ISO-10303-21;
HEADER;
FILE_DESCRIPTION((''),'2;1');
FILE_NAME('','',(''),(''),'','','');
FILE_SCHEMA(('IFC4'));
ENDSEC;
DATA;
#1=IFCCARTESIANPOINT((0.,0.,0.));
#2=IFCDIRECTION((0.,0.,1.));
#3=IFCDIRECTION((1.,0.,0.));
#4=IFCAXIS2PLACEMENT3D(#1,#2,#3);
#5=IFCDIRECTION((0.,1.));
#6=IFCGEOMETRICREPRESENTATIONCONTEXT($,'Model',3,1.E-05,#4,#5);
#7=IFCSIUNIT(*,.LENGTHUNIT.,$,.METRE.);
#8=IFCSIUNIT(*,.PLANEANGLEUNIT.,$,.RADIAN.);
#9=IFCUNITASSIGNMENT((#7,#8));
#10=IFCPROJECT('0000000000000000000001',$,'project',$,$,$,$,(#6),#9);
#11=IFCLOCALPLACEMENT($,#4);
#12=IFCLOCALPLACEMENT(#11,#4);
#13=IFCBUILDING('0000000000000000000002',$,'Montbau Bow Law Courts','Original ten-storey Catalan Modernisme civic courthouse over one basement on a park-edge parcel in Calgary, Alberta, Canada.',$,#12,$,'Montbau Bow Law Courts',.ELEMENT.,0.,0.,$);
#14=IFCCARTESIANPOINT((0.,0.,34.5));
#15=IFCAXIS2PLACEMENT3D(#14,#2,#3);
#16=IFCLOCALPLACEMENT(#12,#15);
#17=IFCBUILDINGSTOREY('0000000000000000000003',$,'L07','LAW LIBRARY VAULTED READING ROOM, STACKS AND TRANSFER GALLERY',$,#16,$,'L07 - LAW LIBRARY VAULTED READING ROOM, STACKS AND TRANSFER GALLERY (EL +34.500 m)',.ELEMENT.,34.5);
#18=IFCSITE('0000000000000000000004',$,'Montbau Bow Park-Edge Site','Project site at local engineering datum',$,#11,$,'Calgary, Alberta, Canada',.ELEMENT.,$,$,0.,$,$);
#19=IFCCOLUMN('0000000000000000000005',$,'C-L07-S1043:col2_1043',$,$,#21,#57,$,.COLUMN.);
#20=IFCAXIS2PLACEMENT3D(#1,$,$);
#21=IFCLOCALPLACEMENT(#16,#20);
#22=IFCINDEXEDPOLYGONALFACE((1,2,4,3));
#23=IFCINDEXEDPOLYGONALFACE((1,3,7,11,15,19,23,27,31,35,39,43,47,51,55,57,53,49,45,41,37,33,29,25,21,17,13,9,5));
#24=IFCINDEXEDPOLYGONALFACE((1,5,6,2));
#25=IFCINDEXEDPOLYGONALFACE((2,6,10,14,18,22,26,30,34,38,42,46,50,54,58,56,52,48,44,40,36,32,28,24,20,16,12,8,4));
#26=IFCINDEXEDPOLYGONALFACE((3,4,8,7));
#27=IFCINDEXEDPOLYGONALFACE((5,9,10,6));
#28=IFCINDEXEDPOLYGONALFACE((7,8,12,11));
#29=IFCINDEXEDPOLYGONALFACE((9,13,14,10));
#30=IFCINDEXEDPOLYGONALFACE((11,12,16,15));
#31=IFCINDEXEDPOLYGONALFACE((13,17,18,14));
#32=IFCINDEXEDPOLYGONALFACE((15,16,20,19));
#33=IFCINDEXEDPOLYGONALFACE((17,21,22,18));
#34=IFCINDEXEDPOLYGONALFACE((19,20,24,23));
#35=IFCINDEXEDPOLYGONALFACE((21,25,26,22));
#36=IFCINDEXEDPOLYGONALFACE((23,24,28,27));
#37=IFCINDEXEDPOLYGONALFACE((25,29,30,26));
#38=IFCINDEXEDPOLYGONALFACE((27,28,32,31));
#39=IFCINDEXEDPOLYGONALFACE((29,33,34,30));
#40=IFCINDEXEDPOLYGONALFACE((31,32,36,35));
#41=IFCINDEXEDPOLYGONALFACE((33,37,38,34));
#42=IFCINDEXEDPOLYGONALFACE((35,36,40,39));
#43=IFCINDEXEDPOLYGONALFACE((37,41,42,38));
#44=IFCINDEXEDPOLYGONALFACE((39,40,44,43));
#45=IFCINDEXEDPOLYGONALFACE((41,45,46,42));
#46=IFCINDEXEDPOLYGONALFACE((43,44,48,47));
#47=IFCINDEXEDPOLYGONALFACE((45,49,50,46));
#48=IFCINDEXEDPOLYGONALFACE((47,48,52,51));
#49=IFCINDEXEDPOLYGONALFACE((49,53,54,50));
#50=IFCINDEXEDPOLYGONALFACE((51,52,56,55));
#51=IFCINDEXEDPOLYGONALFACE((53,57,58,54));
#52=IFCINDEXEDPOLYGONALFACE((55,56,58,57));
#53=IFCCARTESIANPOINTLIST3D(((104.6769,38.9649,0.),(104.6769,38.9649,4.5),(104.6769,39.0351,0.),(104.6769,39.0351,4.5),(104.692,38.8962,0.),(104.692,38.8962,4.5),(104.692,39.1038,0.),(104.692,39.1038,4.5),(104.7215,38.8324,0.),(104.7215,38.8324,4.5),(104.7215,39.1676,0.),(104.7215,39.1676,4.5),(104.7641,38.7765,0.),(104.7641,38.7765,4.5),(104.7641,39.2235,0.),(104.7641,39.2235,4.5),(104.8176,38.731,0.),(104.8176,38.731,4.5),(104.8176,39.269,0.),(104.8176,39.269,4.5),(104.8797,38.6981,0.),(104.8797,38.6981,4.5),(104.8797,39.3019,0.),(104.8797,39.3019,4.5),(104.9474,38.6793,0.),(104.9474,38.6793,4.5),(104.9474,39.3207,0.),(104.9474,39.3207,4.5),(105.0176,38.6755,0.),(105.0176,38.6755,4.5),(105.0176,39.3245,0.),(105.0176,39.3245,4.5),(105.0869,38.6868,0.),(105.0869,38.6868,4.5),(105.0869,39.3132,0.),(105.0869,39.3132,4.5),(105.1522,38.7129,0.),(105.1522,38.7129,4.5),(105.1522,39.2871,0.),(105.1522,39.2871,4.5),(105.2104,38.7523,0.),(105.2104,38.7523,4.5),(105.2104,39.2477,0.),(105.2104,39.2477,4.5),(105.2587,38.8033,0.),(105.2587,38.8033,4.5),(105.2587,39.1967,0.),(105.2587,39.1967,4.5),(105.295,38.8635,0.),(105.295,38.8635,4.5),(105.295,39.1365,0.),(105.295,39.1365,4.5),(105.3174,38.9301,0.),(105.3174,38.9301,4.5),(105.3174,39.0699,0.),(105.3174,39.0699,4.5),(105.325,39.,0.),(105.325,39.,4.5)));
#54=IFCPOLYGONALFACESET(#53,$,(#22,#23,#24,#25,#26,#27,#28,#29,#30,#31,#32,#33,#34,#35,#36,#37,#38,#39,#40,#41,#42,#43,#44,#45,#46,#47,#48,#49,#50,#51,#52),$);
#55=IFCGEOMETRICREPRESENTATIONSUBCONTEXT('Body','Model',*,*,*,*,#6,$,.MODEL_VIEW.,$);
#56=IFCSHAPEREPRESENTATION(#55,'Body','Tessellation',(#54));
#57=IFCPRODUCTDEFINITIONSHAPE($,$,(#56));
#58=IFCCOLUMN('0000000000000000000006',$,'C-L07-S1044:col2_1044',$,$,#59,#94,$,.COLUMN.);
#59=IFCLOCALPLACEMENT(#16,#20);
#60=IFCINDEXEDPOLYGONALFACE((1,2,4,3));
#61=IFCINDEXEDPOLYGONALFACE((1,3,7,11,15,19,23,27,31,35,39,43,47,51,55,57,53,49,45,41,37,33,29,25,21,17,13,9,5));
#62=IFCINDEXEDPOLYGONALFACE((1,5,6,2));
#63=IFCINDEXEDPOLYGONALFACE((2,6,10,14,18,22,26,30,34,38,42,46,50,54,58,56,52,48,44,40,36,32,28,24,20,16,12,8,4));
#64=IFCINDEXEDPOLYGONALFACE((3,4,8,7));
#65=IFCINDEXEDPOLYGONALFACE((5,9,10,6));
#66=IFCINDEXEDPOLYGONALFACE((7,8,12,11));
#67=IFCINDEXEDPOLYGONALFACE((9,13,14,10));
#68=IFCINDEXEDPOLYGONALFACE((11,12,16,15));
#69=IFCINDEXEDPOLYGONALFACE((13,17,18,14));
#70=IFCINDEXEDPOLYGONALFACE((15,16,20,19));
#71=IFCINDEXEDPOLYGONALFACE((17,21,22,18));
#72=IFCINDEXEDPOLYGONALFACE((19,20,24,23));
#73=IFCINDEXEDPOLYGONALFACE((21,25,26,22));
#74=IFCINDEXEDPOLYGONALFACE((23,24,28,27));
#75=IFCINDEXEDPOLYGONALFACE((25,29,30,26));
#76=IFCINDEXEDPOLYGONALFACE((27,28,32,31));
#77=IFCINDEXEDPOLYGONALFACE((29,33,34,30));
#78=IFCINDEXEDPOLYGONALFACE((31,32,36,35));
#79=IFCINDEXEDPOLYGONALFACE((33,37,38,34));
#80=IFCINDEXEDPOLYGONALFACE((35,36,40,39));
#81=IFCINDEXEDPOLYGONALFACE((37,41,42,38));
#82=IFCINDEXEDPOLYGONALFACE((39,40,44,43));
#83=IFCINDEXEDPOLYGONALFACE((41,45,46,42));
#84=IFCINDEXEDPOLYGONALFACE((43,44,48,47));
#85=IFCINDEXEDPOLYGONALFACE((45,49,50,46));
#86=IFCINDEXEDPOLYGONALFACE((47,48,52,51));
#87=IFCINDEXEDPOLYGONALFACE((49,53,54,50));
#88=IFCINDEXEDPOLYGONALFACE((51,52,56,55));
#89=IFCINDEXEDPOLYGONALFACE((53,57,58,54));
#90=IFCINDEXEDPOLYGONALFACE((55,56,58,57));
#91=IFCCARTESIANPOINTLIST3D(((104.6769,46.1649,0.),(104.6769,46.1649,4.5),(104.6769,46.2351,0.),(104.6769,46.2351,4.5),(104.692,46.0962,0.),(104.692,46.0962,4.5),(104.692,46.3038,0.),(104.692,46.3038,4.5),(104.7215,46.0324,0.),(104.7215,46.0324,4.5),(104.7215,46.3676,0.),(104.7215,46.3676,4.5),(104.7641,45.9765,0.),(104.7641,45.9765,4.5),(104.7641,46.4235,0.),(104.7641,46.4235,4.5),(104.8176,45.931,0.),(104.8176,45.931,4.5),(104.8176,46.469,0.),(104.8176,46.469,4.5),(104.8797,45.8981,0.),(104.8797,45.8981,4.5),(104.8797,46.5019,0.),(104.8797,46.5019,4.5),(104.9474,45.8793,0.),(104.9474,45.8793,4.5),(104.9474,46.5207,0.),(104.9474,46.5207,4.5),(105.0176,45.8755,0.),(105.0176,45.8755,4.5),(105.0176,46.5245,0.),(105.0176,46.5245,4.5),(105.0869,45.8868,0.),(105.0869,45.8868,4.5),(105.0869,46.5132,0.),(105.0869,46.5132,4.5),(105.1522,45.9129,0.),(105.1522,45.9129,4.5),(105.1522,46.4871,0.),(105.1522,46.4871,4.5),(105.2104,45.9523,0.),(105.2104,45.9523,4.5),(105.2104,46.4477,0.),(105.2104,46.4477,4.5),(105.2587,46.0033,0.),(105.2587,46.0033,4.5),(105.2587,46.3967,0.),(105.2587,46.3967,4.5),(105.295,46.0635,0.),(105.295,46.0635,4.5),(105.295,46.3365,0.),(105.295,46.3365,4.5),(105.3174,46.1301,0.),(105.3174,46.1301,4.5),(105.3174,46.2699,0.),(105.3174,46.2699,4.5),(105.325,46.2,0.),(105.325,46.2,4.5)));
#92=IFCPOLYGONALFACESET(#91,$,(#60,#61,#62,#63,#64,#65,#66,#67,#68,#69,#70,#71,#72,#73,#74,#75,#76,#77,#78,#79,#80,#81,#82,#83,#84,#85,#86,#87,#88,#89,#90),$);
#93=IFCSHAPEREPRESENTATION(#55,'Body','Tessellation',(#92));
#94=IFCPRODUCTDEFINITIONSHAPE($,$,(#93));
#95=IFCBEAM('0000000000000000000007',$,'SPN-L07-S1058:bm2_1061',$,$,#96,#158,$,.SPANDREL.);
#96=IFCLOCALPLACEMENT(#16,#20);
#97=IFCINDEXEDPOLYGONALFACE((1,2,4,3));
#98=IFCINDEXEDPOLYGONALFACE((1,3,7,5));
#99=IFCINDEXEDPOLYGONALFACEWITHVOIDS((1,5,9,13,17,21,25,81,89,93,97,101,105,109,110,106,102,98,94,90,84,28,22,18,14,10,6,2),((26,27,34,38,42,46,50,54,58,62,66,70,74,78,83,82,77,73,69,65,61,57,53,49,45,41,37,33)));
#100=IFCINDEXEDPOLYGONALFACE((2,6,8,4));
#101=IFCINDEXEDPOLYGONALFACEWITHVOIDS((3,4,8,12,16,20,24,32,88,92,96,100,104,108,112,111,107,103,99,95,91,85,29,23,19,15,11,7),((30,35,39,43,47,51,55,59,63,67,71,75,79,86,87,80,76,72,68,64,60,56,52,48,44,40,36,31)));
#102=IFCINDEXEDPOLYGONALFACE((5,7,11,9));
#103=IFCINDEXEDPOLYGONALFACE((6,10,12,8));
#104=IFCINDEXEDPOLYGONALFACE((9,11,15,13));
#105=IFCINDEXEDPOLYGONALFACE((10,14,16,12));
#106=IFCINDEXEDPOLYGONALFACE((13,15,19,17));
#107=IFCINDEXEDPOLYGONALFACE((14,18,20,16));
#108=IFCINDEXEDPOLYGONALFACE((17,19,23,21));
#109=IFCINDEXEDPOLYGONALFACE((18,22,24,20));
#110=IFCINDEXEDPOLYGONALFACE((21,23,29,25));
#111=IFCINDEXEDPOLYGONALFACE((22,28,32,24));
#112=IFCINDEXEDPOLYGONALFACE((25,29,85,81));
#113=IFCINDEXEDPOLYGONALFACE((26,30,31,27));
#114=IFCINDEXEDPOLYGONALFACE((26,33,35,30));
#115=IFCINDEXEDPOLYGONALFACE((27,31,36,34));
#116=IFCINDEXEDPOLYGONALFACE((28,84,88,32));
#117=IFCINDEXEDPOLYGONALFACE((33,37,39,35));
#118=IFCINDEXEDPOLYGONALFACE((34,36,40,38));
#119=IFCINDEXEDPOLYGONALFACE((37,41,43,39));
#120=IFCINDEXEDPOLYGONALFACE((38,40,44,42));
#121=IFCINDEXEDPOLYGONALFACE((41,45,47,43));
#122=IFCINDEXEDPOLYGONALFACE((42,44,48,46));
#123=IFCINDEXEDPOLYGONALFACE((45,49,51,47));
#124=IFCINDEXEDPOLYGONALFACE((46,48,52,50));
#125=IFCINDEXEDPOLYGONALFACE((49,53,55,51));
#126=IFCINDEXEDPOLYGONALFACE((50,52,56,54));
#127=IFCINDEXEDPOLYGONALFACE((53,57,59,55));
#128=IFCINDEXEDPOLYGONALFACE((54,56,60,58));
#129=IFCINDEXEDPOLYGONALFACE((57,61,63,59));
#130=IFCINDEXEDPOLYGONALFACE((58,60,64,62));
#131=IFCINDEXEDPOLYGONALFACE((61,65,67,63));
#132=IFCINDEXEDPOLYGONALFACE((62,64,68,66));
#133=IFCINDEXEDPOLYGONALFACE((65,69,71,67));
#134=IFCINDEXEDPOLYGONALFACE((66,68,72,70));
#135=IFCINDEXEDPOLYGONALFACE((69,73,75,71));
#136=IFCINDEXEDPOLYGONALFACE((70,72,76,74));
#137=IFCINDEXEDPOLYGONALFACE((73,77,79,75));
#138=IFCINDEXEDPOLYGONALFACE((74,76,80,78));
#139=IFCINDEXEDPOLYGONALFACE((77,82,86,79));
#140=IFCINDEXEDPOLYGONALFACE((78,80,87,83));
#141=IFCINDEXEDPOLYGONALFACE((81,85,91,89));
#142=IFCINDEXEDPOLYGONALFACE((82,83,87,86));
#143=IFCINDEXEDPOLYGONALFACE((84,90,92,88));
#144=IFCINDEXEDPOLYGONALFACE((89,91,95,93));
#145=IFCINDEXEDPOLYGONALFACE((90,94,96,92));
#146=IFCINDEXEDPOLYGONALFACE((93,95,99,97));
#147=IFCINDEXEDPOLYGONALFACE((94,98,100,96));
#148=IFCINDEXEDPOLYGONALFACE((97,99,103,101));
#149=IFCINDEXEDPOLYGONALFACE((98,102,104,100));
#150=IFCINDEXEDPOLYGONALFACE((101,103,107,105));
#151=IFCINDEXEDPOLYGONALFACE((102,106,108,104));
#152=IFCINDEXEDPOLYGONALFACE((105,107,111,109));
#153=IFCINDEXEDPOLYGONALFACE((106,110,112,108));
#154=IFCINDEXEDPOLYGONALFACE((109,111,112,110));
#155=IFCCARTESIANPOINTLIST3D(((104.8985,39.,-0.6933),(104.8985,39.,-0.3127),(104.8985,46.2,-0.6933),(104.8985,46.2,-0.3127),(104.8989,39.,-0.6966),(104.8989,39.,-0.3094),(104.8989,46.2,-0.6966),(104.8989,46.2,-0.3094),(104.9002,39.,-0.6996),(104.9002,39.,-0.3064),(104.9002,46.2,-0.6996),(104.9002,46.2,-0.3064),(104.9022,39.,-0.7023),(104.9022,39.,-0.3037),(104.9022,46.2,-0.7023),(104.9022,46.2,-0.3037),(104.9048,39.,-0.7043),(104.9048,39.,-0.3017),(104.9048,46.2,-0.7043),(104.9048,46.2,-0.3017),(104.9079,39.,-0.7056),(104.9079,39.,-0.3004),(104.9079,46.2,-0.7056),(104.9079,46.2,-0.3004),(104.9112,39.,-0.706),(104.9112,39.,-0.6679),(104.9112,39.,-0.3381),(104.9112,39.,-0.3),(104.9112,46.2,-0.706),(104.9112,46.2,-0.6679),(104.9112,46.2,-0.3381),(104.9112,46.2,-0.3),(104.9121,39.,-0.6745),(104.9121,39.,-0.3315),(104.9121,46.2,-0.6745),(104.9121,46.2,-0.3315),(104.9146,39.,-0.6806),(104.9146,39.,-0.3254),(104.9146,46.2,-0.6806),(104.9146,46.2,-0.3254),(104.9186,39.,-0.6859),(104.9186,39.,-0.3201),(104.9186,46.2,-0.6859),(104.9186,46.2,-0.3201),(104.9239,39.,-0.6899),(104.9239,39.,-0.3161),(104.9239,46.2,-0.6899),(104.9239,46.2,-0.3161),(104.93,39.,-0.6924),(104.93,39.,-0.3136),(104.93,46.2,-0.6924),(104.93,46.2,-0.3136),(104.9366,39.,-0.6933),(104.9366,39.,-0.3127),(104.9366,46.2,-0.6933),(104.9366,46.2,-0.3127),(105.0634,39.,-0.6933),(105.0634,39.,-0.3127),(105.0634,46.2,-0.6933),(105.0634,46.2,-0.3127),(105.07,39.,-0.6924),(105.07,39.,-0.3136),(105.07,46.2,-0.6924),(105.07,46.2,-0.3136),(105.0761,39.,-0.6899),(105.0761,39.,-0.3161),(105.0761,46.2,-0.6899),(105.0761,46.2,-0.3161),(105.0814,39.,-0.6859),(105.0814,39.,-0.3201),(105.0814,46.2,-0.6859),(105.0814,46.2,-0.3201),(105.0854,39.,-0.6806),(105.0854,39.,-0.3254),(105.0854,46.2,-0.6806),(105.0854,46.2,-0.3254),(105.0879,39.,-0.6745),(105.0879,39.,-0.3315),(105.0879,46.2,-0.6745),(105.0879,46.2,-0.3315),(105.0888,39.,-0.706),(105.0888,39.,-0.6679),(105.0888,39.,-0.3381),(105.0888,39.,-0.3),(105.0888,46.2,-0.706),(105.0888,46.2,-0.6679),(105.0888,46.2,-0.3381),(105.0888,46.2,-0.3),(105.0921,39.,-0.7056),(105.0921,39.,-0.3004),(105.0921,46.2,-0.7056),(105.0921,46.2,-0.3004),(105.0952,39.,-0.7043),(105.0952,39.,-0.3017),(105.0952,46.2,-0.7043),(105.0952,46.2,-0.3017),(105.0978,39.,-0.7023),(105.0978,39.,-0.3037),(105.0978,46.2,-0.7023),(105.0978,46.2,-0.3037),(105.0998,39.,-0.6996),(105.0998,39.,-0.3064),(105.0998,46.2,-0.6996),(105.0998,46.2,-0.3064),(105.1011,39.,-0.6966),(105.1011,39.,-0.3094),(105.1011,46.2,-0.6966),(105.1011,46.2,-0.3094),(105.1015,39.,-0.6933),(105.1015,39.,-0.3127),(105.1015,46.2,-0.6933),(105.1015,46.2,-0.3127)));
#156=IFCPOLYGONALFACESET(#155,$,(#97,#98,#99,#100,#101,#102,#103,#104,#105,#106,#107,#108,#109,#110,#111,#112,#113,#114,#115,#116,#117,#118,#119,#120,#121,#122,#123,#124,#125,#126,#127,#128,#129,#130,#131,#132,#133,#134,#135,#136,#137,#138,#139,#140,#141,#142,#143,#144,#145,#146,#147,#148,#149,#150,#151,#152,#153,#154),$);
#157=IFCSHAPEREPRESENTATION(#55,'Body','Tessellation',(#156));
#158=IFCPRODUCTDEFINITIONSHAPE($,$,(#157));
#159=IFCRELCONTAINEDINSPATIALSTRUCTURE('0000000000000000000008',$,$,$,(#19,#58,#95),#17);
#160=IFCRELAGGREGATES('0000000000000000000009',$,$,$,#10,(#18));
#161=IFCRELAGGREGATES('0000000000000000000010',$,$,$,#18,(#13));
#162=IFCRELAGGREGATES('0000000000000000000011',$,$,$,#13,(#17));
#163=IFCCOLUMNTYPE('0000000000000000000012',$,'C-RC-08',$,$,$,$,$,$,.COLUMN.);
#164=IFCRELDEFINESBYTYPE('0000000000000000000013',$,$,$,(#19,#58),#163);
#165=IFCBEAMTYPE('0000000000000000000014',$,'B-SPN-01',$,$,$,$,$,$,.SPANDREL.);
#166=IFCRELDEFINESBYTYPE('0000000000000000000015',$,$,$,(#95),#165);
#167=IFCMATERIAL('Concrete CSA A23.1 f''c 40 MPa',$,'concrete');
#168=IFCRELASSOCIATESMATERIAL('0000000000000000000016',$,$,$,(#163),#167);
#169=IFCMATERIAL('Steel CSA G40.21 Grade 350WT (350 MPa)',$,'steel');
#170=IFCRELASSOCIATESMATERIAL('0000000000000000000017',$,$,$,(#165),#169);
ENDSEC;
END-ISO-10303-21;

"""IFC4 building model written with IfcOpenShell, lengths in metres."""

from ifc_helpers import new_model, si_unit, direction, frame, origin_with_axes, origin_2d_with_axis, place, context, subcontext, project, spatial, hollow_rectangle, circle, extrude, material, material_profile, profile_set, type_object, element, save


model = new_model("IFC4")

# Units and contexts
model_context = context("Model", 3, precision=1e-05, world=origin_with_axes(), true_north=direction((0.0, 1.0)))
body_context = subcontext(model_context, "Body", "Model", "MODEL_VIEW")
ifc_project = project(units=[si_unit("LENGTHUNIT", "METRE"), si_unit("PLANEANGLEUNIT", "RADIAN")], contexts=[model_context])

# Site, building, storey
site_placement = place(None, origin_with_axes())
site = spatial("IfcSite", under=ifc_project, at=site_placement, Name="Montbau Bow Park-Edge Site", Description="Project site at local engineering datum", LongName="Calgary, Alberta, Canada", CompositionType="ELEMENT", RefElevation=0.0)
building_placement = place(site_placement, origin_with_axes())
building = spatial("IfcBuilding", under=site, at=building_placement, Name="Montbau Bow Law Courts", Description="Original ten-storey Catalan Modernisme civic courthouse over one basement on a park-edge parcel in Calgary, Alberta, Canada.", LongName="Montbau Bow Law Courts", CompositionType="ELEMENT", ElevationOfRefHeight=0.0, ElevationOfTerrain=0.0)
storey_placement = place(building_placement, frame((0.0, 0.0, 34.5), z_axis=(0.0, 0.0, 1.0), x_axis=(1.0, 0.0, 0.0)))
storey = spatial("IfcBuildingStorey", under=building, at=storey_placement, Name="L07", Description="LAW LIBRARY VAULTED READING ROOM, STACKS AND TRANSFER GALLERY", LongName="L07 - LAW LIBRARY VAULTED READING ROOM, STACKS AND TRANSFER GALLERY (EL +34.500 m)", CompositionType="ELEMENT", Elevation=34.5)

# Columns
ifc_material_1 = material(Name="Concrete CSA A23.1 f'c 40 MPa", Category="concrete")
ifc_material_profile_1 = material_profile(ifc_material_1, circle(Radius=0.325, at=origin_2d_with_axis()), Name="RC650D", Category="Main", Priority=0)
ifc_profile_set_1 = profile_set([ifc_material_profile_1], Name="Concrete CSA A23.1 f'c 40 MPa")
column_type = type_object("IfcColumnType", Name="C-RC-08", PredefinedType="COLUMN", material=ifc_profile_set_1)
for number, where, z_axis, x_axis, name in (
    (1, (105.0, 39.0, 34.5), (0.0, 0.0, 1.0), (1.0, 0.0, 0.0), "C-L07-S1043:col2_1043"),
    (2, (105.0, 46.2, 34.5), (0.0, 0.0, 1.0), (1.0, 0.0, 0.0), "C-L07-S1044:col2_1044"),
):
    element("IfcColumn", number, at=place(None, frame(where, z_axis=z_axis, x_axis=x_axis)), inside=storey, type_object=column_type, Name=name, PredefinedType="COLUMN", context=body_context, shape_type="SweptSolid", body=[
        extrude(circle(Radius=0.325, at=origin_2d_with_axis()), origin_with_axes(), (0.0, 0.0, 1.0), 4.5),
    ])

# Beam
ifc_material_2 = material(Name="Steel CSA G40.21 Grade 350WT (350 MPa)", Category="steel")
ifc_material_profile_2 = material_profile(ifc_material_2, hollow_rectangle(XDim=0.203, YDim=0.406, WallThickness=0.0127, InnerFilletRadius=0.0254, OuterFilletRadius=0.0127, at=origin_2d_with_axis()), Name="HSS406X203X13", Category="Main", Priority=0)
ifc_profile_set_2 = profile_set([ifc_material_profile_2], Name="Steel CSA G40.21 Grade 350WT (350 MPa)")
beam_type = type_object("IfcBeamType", Name="B-SPN-01", PredefinedType="SPANDREL", material=ifc_profile_set_2)
beam_1_placement = place(None, frame((105.0, 39.0, 33.997), z_axis=(0.0, 1.0, 0.0), x_axis=(-1.0, 0.0, 0.0)))
element("IfcBeam", 3, at=beam_1_placement, inside=storey, type_object=beam_type, Name="SPN-L07-S1058:bm2_1061", PredefinedType="SPANDREL", context=body_context, shape_type="SweptSolid", body=[
    extrude(hollow_rectangle(XDim=0.203, YDim=0.406, WallThickness=0.0127, InnerFilletRadius=0.0254, OuterFilletRadius=0.0127, at=origin_2d_with_axis()), origin_with_axes(), (0.0, 0.0, 1.0), 7.2),
])

save(model, "model.ifc")
